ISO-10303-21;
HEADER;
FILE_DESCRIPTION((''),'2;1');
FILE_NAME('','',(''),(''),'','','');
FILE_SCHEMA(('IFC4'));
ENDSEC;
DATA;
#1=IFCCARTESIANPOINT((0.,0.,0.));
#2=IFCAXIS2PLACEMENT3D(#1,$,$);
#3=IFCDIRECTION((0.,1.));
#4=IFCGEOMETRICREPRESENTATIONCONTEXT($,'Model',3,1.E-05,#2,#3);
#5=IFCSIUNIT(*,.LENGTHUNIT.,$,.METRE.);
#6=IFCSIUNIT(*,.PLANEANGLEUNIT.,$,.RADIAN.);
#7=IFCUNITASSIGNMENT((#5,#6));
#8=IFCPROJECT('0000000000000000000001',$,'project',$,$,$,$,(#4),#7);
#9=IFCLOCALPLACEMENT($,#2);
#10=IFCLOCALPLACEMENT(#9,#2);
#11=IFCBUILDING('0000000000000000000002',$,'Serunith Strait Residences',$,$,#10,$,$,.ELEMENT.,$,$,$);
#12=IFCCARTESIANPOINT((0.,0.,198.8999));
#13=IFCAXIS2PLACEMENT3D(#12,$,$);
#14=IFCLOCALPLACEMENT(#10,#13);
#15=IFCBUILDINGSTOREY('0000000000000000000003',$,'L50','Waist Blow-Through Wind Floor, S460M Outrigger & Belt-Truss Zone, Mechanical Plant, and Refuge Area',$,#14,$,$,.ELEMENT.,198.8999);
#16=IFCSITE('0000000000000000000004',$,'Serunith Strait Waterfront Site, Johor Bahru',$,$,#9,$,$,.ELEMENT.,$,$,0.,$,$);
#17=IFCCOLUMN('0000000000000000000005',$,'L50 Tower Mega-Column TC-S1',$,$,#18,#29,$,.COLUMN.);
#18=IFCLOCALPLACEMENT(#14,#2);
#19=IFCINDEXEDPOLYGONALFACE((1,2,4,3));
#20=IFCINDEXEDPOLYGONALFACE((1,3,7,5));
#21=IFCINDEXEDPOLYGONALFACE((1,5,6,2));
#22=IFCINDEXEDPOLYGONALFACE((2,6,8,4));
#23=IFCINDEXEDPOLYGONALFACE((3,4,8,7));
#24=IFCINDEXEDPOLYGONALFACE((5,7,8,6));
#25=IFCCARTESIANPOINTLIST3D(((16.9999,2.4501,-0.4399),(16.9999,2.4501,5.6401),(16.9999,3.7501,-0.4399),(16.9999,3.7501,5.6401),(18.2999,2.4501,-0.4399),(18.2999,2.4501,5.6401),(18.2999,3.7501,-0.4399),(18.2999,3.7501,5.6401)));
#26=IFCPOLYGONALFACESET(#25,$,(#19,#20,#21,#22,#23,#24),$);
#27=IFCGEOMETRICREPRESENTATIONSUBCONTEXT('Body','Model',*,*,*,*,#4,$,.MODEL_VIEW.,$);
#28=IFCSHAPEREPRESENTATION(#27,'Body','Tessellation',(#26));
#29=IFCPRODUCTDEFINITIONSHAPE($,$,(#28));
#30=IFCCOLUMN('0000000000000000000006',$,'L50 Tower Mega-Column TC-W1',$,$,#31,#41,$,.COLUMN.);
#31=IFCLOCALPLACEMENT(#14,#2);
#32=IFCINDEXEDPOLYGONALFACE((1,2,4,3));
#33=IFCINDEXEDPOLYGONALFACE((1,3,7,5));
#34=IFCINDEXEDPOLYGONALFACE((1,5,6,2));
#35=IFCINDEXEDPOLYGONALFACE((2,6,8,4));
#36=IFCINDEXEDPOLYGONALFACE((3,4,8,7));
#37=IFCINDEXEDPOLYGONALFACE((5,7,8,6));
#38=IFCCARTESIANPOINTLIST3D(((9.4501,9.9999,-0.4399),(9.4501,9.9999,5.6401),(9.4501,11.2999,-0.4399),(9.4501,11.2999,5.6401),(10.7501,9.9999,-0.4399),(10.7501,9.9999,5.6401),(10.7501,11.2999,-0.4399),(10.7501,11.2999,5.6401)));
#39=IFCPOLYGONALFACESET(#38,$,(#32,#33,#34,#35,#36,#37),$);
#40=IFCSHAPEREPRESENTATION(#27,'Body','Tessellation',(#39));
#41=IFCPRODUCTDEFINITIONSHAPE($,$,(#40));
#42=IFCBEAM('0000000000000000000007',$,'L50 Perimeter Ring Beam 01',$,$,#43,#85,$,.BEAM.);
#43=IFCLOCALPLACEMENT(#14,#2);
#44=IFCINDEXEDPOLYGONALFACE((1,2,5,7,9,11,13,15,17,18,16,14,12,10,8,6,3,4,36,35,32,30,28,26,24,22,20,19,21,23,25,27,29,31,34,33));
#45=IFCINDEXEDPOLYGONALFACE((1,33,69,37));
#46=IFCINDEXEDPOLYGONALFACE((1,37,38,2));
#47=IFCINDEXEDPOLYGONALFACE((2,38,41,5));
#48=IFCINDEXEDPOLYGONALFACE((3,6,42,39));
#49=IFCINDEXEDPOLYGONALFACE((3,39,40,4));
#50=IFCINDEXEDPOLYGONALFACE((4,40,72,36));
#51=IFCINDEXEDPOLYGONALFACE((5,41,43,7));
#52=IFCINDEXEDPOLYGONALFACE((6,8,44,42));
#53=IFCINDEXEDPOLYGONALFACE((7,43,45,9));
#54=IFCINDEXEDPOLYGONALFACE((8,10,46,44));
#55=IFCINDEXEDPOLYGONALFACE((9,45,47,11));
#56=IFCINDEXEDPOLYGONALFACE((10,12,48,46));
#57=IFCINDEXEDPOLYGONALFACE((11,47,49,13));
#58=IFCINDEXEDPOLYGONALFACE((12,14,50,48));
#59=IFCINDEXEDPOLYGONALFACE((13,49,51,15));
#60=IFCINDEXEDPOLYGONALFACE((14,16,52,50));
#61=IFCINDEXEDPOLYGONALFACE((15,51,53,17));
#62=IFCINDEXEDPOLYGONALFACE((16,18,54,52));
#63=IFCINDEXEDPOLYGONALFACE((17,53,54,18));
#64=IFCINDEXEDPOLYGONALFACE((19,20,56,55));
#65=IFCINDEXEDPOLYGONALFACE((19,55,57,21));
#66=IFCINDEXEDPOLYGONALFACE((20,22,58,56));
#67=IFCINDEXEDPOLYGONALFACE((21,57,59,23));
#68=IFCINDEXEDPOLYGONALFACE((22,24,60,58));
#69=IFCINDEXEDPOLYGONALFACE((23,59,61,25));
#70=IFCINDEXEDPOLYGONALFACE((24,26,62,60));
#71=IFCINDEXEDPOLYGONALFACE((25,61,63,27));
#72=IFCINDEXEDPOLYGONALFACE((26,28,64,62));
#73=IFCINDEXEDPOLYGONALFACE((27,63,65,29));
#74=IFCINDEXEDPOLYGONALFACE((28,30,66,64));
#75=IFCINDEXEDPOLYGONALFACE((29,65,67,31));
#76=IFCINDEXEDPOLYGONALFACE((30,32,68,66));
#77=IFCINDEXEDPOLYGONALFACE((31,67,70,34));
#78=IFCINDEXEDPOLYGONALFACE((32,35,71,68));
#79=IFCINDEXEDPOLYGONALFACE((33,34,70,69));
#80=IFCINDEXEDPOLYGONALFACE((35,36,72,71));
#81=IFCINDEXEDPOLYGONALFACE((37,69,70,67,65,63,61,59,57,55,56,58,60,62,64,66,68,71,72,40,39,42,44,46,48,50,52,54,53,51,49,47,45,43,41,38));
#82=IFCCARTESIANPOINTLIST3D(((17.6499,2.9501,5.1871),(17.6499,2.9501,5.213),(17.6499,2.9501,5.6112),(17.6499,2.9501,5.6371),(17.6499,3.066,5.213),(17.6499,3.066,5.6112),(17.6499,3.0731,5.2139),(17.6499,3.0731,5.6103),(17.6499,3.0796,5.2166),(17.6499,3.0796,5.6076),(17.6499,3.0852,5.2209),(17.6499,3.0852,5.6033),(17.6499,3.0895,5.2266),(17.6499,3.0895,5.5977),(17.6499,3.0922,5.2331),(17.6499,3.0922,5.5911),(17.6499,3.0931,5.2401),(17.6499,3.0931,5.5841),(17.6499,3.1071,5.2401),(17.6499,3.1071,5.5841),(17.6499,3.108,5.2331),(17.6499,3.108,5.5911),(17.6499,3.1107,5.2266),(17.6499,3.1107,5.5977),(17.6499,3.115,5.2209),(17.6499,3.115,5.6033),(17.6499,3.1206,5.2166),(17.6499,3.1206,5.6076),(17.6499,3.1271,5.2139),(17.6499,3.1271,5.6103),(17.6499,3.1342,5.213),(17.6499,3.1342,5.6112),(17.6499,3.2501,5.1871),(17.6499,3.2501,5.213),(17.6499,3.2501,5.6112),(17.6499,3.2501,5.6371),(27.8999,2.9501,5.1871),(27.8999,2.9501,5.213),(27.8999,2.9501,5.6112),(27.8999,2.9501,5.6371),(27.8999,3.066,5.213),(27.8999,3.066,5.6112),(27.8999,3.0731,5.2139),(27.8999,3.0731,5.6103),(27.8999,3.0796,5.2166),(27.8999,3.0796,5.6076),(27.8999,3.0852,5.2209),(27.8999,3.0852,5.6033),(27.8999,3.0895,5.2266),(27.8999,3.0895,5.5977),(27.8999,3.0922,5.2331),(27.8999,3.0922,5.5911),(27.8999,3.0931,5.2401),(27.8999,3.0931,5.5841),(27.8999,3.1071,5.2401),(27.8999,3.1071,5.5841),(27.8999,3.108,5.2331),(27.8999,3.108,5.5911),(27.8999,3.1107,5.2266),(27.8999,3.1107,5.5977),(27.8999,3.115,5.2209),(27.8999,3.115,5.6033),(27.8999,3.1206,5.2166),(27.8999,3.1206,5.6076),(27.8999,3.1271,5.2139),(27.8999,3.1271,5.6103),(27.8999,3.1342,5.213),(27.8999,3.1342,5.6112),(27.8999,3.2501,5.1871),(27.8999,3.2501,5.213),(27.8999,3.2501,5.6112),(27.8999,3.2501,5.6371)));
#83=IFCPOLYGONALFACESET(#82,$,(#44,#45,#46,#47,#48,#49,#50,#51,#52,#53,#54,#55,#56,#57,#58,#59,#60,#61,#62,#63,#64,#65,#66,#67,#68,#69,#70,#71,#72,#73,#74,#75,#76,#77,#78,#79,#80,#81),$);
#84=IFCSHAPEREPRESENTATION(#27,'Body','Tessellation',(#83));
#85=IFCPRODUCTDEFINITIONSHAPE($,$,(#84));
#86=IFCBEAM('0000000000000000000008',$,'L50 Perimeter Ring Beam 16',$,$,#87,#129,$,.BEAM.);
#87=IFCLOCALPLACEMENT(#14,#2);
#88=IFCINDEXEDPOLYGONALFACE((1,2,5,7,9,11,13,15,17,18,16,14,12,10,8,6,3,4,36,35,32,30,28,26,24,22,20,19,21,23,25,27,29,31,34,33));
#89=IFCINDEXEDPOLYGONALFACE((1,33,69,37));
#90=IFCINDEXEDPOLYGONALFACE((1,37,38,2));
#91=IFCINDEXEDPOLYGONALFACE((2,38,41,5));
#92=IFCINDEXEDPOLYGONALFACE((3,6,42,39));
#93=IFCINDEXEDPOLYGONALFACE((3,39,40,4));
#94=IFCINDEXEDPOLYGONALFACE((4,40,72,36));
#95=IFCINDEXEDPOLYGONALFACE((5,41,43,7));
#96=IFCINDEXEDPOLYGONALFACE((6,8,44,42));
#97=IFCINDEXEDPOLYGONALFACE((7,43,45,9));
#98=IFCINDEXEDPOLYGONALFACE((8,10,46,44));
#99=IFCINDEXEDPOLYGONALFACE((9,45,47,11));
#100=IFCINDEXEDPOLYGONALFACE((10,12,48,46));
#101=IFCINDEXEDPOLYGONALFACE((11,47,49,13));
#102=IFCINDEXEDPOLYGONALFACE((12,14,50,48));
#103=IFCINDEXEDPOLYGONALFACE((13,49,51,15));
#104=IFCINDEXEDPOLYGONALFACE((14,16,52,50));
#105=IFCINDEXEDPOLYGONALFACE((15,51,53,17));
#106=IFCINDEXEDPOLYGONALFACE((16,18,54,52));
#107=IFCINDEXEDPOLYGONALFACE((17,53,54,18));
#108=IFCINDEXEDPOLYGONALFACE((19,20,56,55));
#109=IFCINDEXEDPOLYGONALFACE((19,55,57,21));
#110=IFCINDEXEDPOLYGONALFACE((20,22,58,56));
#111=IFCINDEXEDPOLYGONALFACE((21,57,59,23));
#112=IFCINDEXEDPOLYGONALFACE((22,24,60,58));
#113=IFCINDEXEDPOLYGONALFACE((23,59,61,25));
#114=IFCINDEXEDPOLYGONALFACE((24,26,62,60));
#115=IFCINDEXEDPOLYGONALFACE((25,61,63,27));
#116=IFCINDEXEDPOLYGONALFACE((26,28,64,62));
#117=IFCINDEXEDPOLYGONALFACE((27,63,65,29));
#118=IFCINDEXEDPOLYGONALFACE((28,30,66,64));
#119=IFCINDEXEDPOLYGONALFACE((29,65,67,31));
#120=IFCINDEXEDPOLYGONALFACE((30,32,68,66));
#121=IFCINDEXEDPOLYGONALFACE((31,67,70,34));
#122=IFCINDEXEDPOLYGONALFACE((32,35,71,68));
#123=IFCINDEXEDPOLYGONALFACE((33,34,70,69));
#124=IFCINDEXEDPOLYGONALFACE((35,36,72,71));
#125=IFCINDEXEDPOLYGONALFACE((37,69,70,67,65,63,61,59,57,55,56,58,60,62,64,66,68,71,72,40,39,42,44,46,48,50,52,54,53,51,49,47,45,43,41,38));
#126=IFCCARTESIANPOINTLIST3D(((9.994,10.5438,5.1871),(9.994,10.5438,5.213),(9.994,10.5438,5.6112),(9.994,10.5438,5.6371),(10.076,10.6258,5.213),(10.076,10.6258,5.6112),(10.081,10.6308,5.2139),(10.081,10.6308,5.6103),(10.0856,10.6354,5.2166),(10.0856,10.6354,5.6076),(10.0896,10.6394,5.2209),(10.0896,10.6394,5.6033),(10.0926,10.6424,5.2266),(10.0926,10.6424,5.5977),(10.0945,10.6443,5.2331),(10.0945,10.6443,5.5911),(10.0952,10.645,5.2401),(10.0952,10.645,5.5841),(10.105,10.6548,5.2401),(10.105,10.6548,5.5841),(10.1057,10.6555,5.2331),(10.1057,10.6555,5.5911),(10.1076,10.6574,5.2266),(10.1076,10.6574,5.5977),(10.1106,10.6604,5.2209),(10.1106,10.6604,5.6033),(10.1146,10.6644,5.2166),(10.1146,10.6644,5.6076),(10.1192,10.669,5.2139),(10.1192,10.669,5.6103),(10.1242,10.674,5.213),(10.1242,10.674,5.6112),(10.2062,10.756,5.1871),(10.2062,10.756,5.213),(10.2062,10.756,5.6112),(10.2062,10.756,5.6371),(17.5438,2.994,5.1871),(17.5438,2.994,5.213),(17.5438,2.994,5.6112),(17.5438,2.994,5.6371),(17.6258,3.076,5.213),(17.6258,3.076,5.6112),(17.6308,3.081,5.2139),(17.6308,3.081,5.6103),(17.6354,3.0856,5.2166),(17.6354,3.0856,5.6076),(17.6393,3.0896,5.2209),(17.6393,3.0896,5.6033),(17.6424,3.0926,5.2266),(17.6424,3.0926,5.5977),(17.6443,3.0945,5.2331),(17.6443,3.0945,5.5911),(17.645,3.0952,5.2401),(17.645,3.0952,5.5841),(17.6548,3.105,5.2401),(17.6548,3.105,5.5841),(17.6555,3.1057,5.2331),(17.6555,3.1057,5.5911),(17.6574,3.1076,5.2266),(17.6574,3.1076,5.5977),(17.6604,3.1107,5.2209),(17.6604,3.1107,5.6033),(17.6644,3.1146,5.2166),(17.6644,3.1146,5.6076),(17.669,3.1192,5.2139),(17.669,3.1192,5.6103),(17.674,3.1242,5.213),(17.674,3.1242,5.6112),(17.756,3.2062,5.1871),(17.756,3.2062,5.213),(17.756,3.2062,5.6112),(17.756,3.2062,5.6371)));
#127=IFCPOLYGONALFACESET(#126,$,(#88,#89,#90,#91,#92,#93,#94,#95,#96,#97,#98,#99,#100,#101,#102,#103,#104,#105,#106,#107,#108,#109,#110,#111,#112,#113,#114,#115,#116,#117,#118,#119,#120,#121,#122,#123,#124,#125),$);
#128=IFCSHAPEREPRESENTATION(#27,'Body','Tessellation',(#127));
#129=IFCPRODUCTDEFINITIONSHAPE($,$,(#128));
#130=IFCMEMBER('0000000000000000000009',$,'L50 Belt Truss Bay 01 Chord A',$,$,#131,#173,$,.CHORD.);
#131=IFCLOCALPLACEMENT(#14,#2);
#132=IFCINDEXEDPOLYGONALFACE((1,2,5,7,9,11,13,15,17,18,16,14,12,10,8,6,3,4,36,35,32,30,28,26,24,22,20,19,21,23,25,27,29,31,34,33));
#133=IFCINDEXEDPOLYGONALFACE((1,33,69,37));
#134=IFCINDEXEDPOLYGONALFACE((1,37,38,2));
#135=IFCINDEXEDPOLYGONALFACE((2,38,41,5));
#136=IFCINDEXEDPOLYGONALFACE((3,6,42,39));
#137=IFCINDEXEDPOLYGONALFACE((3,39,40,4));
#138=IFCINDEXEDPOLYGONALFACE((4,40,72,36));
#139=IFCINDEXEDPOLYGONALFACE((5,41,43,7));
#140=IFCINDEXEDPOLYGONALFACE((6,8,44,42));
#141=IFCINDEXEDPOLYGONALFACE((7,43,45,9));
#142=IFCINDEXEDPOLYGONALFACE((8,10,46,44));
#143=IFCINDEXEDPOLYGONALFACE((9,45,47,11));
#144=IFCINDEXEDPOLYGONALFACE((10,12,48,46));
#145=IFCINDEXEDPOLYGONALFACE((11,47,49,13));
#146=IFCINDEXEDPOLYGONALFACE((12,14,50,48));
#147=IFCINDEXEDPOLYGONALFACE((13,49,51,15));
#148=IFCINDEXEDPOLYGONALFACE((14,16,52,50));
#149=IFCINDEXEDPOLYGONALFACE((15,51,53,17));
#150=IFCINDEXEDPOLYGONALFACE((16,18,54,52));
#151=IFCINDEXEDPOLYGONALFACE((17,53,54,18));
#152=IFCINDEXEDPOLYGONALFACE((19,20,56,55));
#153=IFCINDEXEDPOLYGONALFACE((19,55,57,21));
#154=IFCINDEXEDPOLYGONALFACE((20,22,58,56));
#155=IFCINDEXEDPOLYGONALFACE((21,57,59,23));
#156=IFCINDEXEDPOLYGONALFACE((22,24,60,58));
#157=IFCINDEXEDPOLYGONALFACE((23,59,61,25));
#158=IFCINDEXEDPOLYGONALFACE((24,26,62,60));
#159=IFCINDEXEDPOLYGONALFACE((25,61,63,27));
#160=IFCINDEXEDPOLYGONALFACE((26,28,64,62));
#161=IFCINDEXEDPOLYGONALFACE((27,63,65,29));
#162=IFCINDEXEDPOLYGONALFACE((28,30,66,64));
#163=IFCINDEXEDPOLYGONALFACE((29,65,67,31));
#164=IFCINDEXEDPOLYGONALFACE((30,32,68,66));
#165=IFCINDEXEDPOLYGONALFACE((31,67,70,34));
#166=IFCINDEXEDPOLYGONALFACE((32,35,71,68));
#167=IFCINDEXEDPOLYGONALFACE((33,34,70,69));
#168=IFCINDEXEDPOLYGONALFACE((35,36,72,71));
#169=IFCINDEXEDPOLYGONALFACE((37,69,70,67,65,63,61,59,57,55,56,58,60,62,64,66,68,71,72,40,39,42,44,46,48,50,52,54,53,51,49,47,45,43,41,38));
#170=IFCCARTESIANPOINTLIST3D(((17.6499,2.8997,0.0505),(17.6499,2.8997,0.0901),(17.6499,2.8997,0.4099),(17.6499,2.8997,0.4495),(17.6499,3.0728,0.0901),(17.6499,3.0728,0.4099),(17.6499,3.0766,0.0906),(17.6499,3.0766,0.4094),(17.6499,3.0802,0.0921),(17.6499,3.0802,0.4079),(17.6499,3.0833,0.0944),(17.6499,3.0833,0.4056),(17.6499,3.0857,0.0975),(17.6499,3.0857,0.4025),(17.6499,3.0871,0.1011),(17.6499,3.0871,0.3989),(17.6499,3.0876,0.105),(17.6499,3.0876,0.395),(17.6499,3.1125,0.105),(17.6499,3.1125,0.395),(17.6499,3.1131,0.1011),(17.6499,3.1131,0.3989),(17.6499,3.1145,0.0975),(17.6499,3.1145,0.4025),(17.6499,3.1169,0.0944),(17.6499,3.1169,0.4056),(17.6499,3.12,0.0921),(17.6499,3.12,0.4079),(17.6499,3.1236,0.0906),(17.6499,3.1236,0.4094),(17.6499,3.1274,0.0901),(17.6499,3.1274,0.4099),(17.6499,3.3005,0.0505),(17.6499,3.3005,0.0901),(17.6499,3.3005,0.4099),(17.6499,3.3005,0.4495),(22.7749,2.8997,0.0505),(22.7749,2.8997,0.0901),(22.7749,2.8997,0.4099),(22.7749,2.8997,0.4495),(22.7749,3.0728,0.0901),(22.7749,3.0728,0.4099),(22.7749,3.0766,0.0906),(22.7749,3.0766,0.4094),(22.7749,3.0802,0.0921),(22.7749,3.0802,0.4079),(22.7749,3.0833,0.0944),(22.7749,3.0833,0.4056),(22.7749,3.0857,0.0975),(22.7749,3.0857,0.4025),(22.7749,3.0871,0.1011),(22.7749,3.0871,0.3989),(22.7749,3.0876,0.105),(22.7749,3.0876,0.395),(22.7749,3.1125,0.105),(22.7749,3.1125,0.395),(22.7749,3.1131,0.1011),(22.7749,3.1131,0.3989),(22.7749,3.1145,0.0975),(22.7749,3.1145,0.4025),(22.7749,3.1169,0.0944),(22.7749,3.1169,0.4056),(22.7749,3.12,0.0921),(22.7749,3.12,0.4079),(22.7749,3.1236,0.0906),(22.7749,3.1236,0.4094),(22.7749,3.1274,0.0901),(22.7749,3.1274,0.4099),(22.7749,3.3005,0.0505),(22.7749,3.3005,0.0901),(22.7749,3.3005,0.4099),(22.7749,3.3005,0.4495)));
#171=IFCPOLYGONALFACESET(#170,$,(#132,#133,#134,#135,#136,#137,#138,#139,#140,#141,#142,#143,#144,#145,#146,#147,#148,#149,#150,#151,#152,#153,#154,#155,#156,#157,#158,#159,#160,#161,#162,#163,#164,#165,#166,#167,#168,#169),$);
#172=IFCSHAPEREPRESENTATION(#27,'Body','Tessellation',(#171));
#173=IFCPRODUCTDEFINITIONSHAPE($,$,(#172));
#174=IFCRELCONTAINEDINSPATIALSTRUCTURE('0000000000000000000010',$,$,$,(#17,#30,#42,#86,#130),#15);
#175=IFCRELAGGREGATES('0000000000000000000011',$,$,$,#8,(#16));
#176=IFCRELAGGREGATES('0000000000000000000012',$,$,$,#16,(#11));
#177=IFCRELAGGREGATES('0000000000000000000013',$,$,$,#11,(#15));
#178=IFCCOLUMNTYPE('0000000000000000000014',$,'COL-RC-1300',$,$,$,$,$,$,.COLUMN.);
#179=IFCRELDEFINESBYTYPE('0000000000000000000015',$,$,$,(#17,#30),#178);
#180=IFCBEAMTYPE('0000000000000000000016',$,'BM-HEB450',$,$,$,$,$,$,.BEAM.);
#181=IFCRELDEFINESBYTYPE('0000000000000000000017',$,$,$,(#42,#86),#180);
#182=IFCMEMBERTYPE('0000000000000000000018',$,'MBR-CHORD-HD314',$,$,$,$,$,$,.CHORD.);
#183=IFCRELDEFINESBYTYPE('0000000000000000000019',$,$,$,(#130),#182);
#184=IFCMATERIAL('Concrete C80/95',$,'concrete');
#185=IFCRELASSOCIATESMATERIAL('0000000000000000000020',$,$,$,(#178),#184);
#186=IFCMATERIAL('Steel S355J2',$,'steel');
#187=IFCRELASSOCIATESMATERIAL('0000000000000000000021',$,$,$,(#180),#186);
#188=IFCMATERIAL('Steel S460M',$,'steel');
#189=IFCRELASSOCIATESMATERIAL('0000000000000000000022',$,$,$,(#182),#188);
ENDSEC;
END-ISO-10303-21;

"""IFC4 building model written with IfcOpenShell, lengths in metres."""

from ifc_helpers import new_model, si_unit, direction, frame, origin, origin_2d, place, context, subcontext, project, spatial, rectangle, i_section, extrude, source, transform, mapped, material, material_profile, profile_set, type_object, element, save


model = new_model("IFC4")

# Units and contexts
model_context = context("Model", 3, precision=1e-05, world=origin(), true_north=direction((0.0, 1.0)))
body_context = subcontext(model_context, "Body", "Model", "MODEL_VIEW")
ifc_project = project(units=[si_unit("LENGTHUNIT", "METRE"), si_unit("PLANEANGLEUNIT", "RADIAN")], contexts=[model_context])

# Site, building, storey
site_placement = place(None, origin())
site = spatial("IfcSite", under=ifc_project, at=site_placement, Name="Serunith Strait Waterfront Site, Johor Bahru", CompositionType="ELEMENT", RefElevation=0.0)
building_placement = place(site_placement, origin())
building = spatial("IfcBuilding", under=site, at=building_placement, Name="Serunith Strait Residences", CompositionType="ELEMENT")
storey_placement = place(building_placement, frame((0.0, 0.0, 198.8999)))
storey = spatial("IfcBuildingStorey", under=building, at=storey_placement, Name="L50", Description="Waist Blow-Through Wind Floor, S460M Outrigger & Belt-Truss Zone, Mechanical Plant, and Refuge Area", CompositionType="ELEMENT", Elevation=198.8999)

# Columns
ifc_material_1 = material(Name="Concrete C80/95", Category="concrete")
ifc_material_profile_1 = material_profile(ifc_material_1, rectangle(XDim=1.3, YDim=1.3, at=origin_2d()), Name="RC 1300x1300")
ifc_profile_set_1 = profile_set([ifc_material_profile_1], Name="Concrete C80/95")
column_type = type_object("IfcColumnType", Name="COL-RC-1300", PredefinedType="COLUMN", material=ifc_profile_set_1)
shared_shape_1 = source(origin(), body_context, "Body", "SweptSolid", [
    extrude(rectangle(XDim=1.3, YDim=1.3, at=origin_2d()), origin(), (0.0, 0.0, 1.0), 6.0801),
])
for number, where, z_axis, x_axis, name in (
    (1, (17.6499, 3.1001, -0.4399), (0.0, 0.0, 1.0), (1.0, 0.0, 0.0), "L50 Tower Mega-Column TC-S1"),
    (2, (10.1001, 10.6499, -0.4399), (0.0, 0.0, 1.0), (1.0, 0.0, 0.0), "L50 Tower Mega-Column TC-W1"),
):
    element("IfcColumn", number, at=place(storey_placement, frame(where, z_axis=z_axis, x_axis=x_axis)), inside=storey, type_object=column_type, Name=name, PredefinedType="COLUMN", context=body_context, shape_type="MappedRepresentation", body=[
        mapped(shared_shape_1, transform((0.0, 0.0, 0.0), scale=1.0)),
    ])

# Beams
ifc_material_2 = material(Name="Steel S355J2", Category="steel")
ifc_material_profile_2 = material_profile(ifc_material_2, i_section(OverallWidth=0.3, OverallDepth=0.45, WebThickness=0.0139, FlangeThickness=0.0259, FilletRadius=0.0271, at=origin_2d()), Name="HEB 450")
ifc_profile_set_2 = profile_set([ifc_material_profile_2], Name="Steel S355J2")
beam_type_1 = type_object("IfcBeamType", Name="BM-HEB450", PredefinedType="BEAM", material=ifc_profile_set_2)
shared_shape_2 = source(origin(), body_context, "Body", "SweptSolid", [
    extrude(i_section(OverallWidth=0.3, OverallDepth=0.45, WebThickness=0.0139, FlangeThickness=0.0259, FilletRadius=0.0271, at=origin_2d()), origin(), (0.0, 0.0, 1.0), 10.25),
])
beam_1_placement = place(storey_placement, frame((17.6499, 3.1001, 5.4121), z_axis=(1.0, 0.0, 0.0), x_axis=(0.0, 1.0, 0.0)))
element("IfcBeam", 3, at=beam_1_placement, inside=storey, type_object=beam_type_1, Name="L50 Perimeter Ring Beam 01", PredefinedType="BEAM", context=body_context, shape_type="MappedRepresentation", body=[
    mapped(shared_shape_2, transform((0.0, 0.0, 0.0), scale=1.0)),
])
shared_shape_3 = source(origin(), body_context, "Body", "SweptSolid", [
    extrude(i_section(OverallWidth=0.3, OverallDepth=0.45, WebThickness=0.0139, FlangeThickness=0.0259, FilletRadius=0.0271, at=origin_2d()), origin(), (0.0, 0.0, 1.0), 10.677),
])
beam_2_placement = place(storey_placement, frame((10.1001, 10.6499, 5.4121), z_axis=(0.707107, -0.707107, 0.0), x_axis=(0.707107, 0.707107, 0.0)))
element("IfcBeam", 4, at=beam_2_placement, inside=storey, type_object=beam_type_1, Name="L50 Perimeter Ring Beam 16", PredefinedType="BEAM", context=body_context, shape_type="MappedRepresentation", body=[
    mapped(shared_shape_3, transform((0.0, 0.0, 0.0), scale=1.0)),
])

# Member
ifc_material_3 = material(Name="Steel S460M", Category="steel")
ifc_material_profile_3 = material_profile(ifc_material_3, i_section(OverallWidth=0.4009, OverallDepth=0.3989, WebThickness=0.0249, FlangeThickness=0.0396, FilletRadius=0.0149, at=origin_2d()), Name="HD 400x314")
ifc_profile_set_3 = profile_set([ifc_material_profile_3], Name="Steel S460M")
member_type_1 = type_object("IfcMemberType", Name="MBR-CHORD-HD314", PredefinedType="CHORD", material=ifc_profile_set_3)
shared_shape_4 = source(origin(), body_context, "Body", "SweptSolid", [
    extrude(i_section(OverallWidth=0.4009, OverallDepth=0.3989, WebThickness=0.0249, FlangeThickness=0.0396, FilletRadius=0.0149, at=origin_2d()), origin(), (0.0, 0.0, 1.0), 5.125),
])
member_1_placement = place(storey_placement, frame((17.6499, 3.1001, 0.25), z_axis=(1.0, 0.0, 0.0), x_axis=(0.0, 1.0, 0.0)))
element("IfcMember", 5, at=member_1_placement, inside=storey, type_object=member_type_1, Name="L50 Belt Truss Bay 01 Chord A", PredefinedType="CHORD", context=body_context, shape_type="MappedRepresentation", body=[
    mapped(shared_shape_4, transform((0.0, 0.0, 0.0), scale=1.0)),
])

save(model, "model.ifc")
